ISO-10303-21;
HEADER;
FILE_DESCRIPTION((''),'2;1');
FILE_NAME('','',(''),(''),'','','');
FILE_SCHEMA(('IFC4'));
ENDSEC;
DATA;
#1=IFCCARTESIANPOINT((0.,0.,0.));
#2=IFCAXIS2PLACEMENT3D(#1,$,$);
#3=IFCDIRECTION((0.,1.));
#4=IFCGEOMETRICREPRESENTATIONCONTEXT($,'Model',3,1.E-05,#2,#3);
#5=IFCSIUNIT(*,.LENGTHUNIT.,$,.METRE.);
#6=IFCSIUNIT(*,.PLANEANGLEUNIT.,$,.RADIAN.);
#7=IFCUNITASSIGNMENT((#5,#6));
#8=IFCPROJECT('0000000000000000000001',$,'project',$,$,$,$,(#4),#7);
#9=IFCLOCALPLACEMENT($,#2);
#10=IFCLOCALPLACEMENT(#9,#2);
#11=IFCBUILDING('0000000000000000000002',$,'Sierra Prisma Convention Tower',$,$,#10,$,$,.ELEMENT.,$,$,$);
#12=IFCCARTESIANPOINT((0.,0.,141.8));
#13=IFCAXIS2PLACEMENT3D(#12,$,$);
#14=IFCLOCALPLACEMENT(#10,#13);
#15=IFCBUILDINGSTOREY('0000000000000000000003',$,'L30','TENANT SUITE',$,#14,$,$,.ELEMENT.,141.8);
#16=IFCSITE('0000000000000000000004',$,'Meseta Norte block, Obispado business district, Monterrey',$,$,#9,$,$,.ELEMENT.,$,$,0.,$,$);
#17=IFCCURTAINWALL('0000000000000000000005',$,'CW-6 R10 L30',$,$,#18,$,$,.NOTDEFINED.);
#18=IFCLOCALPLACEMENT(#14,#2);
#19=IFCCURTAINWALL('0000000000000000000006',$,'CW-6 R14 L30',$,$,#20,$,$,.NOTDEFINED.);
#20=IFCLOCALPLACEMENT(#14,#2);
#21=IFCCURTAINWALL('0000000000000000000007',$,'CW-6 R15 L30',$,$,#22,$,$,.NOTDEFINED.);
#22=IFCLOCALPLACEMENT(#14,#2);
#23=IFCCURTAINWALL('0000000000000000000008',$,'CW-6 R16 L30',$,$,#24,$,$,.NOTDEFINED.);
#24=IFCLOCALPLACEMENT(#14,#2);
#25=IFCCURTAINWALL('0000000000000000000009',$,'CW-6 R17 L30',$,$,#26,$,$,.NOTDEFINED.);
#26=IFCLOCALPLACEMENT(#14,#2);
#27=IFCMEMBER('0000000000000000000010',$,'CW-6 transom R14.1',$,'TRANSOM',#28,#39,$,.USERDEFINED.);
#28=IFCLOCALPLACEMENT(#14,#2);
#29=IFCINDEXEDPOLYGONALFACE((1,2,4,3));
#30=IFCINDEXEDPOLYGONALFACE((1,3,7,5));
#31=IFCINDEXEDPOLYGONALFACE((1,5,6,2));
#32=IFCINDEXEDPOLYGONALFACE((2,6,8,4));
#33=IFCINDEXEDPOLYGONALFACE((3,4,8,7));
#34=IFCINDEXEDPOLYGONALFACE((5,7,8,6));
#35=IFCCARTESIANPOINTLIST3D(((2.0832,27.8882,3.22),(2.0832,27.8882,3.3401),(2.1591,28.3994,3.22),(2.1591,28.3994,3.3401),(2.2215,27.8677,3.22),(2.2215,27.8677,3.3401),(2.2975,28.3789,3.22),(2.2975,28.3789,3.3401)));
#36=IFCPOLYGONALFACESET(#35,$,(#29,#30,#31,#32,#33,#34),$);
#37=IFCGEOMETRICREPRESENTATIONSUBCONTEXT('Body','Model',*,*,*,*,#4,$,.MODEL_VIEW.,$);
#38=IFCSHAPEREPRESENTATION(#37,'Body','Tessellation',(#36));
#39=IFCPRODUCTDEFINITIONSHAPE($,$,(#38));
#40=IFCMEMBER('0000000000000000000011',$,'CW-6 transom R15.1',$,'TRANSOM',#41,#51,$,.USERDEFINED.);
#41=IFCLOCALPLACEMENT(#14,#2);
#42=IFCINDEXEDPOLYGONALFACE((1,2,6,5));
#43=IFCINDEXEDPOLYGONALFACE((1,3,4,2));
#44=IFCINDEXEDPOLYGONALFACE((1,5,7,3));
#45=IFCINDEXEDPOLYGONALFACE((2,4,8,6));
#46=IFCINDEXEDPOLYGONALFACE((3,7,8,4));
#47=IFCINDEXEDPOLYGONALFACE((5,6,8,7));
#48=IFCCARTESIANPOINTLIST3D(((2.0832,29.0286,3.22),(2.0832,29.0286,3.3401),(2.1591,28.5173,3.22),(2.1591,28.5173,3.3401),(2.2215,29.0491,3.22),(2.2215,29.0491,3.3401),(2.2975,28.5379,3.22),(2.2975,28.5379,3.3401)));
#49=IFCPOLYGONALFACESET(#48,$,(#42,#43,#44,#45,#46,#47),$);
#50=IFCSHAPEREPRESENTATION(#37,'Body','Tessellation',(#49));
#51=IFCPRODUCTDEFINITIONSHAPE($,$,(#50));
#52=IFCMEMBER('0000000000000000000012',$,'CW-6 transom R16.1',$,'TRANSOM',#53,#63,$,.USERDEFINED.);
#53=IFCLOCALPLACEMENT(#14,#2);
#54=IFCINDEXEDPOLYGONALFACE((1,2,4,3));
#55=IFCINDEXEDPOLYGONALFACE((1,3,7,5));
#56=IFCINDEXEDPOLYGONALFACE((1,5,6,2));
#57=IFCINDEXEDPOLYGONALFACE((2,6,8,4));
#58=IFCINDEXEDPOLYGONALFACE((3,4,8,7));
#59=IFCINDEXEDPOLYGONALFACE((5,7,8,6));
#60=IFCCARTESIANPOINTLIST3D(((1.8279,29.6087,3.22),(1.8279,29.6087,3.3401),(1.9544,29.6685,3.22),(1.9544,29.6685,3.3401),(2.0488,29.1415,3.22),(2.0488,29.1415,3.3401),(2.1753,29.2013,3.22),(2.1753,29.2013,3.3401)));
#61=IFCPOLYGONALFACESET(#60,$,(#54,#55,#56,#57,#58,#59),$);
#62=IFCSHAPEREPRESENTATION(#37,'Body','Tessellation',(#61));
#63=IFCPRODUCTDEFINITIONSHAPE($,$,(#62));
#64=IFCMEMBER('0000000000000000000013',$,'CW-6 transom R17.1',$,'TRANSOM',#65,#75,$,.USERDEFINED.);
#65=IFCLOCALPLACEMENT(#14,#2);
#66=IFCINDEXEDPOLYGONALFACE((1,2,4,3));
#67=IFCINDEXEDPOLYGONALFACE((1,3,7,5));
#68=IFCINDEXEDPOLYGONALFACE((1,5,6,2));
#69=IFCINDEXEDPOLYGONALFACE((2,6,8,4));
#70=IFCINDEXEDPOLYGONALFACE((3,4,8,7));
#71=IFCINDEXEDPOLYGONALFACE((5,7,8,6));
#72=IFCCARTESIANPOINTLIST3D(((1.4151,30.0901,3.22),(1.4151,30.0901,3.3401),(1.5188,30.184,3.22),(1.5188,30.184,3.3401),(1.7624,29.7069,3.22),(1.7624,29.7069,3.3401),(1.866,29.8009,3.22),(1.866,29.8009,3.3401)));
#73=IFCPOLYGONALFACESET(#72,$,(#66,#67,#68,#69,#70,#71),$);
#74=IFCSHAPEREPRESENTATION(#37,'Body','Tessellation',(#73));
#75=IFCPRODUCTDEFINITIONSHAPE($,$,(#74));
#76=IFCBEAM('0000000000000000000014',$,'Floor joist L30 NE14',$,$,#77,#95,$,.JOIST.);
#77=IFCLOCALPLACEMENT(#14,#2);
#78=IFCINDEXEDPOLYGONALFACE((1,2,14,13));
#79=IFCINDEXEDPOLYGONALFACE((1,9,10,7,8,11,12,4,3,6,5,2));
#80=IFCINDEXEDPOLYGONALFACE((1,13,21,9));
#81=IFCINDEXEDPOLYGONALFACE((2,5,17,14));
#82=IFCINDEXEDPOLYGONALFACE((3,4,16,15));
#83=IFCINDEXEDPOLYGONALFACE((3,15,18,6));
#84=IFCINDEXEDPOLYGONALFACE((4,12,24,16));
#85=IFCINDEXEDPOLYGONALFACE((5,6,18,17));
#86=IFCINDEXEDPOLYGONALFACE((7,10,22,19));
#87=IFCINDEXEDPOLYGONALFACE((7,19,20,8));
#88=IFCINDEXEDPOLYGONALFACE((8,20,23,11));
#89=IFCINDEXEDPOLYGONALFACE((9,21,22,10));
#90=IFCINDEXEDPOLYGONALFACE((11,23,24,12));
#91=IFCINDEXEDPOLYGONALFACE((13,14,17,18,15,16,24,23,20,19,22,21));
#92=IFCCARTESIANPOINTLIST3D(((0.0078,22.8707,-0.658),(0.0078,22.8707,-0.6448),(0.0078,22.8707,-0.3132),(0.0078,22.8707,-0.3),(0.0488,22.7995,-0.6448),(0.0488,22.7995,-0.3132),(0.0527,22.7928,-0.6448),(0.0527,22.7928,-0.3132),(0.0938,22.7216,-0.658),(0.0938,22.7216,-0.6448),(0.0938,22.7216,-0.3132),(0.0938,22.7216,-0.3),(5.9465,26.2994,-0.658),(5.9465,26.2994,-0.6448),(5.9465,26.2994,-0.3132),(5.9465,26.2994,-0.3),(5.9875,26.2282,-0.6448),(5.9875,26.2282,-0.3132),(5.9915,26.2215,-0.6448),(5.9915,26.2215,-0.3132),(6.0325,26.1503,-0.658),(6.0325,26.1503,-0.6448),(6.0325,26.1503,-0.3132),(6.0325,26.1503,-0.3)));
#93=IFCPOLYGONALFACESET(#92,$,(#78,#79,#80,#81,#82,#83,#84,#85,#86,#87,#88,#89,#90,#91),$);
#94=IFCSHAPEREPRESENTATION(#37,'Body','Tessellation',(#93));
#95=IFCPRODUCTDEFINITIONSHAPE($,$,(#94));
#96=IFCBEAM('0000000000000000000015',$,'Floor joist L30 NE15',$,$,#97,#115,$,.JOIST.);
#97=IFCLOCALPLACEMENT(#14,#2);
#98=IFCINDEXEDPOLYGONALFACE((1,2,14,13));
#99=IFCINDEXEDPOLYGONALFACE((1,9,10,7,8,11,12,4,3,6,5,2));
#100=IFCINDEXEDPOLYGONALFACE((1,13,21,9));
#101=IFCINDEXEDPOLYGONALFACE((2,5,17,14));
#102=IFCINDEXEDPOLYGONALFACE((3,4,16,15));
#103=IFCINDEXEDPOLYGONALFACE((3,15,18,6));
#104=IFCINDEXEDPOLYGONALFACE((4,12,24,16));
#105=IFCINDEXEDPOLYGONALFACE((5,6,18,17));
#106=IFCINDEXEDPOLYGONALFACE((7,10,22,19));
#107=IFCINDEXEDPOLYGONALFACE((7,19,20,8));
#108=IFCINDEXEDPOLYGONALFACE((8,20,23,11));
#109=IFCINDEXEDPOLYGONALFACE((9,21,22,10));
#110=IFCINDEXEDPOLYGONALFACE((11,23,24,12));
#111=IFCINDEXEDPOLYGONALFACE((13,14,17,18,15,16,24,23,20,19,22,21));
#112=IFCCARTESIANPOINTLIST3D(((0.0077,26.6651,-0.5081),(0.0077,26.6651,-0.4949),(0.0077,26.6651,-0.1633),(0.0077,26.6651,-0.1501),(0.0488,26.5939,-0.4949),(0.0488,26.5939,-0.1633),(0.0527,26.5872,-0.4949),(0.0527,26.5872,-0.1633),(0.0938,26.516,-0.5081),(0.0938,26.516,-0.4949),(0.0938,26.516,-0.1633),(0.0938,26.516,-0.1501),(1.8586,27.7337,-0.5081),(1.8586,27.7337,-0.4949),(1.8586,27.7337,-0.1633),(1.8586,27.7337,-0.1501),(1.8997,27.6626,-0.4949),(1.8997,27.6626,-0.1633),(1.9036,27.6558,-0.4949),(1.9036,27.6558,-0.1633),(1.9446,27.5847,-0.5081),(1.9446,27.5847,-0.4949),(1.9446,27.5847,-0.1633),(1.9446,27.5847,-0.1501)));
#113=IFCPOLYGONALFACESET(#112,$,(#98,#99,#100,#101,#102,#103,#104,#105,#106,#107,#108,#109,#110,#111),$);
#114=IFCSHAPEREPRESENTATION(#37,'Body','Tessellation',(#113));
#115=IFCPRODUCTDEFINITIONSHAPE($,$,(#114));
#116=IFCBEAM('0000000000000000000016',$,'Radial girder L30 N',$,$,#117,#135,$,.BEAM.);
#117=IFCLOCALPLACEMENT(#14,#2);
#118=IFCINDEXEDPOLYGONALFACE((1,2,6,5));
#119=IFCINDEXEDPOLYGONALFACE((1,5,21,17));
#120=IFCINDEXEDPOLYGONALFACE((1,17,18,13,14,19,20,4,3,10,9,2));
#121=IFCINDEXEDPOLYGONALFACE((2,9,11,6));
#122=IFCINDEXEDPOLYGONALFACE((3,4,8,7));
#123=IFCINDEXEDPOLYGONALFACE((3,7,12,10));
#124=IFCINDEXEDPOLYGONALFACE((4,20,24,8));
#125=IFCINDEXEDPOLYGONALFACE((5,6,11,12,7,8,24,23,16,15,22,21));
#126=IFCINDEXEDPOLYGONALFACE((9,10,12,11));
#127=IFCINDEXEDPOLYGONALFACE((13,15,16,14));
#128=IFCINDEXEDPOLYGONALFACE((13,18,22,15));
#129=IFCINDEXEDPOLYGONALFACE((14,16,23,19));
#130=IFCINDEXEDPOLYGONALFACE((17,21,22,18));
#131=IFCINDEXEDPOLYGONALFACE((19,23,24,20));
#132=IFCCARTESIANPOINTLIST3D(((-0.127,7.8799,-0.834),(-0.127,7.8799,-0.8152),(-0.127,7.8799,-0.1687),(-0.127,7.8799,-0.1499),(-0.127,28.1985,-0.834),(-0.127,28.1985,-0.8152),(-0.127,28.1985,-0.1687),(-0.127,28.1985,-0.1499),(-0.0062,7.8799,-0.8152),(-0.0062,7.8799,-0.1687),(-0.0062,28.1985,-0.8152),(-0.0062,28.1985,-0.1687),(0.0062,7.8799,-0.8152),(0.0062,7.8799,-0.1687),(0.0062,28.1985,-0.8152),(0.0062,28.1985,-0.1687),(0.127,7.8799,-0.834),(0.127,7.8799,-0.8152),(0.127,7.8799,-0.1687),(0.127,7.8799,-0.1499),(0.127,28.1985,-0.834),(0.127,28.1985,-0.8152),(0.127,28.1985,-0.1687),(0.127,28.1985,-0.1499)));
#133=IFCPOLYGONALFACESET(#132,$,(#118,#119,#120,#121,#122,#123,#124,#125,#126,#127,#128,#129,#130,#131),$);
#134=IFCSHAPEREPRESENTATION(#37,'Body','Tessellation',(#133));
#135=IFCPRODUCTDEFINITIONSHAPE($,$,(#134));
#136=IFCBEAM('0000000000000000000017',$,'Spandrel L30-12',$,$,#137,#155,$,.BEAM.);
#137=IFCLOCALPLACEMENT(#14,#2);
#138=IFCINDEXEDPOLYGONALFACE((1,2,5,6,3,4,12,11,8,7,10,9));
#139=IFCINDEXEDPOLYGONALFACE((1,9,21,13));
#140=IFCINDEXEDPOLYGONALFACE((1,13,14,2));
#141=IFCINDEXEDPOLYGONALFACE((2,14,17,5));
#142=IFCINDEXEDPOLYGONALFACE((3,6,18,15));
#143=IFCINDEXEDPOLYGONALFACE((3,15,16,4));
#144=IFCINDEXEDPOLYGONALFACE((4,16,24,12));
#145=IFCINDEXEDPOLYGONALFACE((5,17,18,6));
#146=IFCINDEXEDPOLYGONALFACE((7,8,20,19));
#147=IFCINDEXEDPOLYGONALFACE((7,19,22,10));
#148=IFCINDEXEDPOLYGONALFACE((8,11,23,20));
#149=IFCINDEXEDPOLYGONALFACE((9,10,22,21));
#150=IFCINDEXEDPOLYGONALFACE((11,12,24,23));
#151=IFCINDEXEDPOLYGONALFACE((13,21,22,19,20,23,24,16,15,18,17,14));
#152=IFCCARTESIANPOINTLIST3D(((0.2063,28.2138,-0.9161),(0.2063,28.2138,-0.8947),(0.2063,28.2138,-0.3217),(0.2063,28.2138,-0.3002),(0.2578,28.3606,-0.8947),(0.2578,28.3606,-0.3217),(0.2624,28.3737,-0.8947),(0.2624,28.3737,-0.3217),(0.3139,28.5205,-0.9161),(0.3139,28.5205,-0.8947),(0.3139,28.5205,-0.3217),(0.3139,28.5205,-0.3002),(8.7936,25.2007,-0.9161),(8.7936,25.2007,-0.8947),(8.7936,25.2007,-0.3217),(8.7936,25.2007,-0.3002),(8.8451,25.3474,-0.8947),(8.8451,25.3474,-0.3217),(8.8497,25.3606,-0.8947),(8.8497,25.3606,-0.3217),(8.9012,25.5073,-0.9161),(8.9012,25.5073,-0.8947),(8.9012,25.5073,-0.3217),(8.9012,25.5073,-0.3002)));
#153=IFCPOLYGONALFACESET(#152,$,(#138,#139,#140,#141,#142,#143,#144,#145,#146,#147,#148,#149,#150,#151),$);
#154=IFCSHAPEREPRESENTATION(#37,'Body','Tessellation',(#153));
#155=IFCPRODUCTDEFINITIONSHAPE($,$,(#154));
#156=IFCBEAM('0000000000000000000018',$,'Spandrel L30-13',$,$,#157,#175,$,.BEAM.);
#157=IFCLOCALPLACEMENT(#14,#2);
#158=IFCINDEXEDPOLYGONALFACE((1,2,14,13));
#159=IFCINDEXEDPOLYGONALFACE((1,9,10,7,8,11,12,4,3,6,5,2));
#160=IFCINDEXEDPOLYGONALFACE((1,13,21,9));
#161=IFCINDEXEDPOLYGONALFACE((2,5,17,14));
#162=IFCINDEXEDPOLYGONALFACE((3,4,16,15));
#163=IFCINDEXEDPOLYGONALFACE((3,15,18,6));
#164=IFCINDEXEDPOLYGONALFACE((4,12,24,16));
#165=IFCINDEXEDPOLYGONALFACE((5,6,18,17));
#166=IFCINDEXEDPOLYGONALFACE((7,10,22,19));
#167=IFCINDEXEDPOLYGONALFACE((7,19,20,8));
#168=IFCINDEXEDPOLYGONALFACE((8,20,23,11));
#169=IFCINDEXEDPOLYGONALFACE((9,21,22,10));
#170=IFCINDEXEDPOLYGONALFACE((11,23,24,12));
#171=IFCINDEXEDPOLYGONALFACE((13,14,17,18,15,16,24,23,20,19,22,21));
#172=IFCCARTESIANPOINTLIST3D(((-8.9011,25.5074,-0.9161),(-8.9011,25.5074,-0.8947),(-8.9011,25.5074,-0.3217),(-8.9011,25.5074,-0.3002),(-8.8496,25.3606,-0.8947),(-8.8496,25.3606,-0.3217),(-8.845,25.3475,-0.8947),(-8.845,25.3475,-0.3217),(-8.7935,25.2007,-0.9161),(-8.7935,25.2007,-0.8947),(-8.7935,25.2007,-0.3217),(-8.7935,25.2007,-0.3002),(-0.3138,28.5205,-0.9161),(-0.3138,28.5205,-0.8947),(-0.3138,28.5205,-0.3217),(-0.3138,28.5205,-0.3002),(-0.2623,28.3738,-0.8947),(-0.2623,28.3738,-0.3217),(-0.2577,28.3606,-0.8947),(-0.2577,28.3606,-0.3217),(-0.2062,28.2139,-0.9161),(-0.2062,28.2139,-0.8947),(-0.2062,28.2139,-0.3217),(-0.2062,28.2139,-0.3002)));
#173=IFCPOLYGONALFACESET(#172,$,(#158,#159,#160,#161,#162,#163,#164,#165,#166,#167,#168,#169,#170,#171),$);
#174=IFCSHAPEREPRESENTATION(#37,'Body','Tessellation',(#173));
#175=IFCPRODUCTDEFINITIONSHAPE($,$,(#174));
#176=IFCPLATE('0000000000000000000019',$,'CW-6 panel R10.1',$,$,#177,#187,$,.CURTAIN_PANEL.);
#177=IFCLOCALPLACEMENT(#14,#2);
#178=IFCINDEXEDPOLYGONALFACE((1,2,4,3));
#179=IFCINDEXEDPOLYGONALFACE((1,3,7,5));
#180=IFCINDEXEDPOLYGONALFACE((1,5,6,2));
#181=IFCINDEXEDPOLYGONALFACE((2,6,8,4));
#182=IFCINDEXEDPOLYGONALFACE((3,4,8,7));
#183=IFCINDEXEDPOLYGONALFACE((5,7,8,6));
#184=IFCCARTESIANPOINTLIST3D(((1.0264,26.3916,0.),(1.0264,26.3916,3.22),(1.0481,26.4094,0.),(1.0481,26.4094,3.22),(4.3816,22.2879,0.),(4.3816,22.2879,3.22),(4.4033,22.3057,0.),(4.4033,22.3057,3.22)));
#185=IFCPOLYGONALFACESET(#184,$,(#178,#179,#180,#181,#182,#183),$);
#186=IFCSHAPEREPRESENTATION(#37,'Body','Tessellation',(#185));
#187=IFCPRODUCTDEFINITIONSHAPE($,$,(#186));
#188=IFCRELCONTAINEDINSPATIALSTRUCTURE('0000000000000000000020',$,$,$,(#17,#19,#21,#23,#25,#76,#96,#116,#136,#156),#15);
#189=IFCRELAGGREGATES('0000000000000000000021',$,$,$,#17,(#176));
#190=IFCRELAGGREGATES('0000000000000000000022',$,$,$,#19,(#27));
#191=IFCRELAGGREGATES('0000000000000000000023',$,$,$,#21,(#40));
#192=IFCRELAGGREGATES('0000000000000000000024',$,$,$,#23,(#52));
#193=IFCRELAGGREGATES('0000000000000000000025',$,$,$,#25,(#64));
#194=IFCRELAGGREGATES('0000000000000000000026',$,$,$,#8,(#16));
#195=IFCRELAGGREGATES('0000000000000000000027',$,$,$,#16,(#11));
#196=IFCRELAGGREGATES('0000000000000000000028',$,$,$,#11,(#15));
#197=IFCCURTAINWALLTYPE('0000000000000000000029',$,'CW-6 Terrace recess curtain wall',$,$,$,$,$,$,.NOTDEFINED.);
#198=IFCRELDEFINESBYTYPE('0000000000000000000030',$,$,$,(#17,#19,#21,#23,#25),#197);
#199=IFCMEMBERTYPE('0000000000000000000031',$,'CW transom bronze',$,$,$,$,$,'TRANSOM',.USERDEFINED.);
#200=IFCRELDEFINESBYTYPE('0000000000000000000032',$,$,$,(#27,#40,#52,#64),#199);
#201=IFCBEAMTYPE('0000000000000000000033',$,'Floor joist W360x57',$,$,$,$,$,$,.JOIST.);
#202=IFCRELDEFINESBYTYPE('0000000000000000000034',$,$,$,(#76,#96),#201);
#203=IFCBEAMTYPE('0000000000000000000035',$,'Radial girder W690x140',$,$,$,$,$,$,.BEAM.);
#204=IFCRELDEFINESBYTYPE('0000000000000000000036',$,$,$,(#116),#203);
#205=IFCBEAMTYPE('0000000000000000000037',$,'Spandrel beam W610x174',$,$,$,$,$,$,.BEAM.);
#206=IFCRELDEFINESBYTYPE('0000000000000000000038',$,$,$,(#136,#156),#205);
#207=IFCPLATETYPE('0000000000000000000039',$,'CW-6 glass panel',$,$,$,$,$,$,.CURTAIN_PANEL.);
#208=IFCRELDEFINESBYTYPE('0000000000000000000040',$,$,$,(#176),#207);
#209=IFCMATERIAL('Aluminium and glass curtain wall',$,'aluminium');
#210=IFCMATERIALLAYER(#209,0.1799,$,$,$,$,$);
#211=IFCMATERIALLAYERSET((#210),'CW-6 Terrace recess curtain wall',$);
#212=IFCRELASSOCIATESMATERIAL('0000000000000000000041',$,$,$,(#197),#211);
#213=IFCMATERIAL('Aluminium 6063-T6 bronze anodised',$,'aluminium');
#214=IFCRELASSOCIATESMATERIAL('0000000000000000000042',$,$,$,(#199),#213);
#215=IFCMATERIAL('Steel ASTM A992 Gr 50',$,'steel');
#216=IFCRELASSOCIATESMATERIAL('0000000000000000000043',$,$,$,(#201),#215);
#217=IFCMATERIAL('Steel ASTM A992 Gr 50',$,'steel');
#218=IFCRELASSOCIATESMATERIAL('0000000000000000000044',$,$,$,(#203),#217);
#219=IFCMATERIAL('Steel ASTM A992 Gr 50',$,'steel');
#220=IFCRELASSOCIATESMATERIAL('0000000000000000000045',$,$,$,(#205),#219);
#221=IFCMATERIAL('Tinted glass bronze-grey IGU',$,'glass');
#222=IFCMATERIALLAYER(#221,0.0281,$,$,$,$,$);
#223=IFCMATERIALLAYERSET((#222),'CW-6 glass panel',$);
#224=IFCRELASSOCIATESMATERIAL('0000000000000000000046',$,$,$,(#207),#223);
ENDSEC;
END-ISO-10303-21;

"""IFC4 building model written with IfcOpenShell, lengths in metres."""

from ifc_helpers import new_model, si_unit, direction, frame, origin, origin_2d, place, context, subcontext, project, spatial, rectangle, i_section, extrude, material, layer, layer_set, material_profile, profile_set, type_object, element, aggregate, save


model = new_model("IFC4")

# Units and contexts
model_context = context("Model", 3, precision=1e-05, world=origin(), true_north=direction((0.0, 1.0)))
body_context = subcontext(model_context, "Body", "Model", "MODEL_VIEW")
ifc_project = project(units=[si_unit("LENGTHUNIT", "METRE"), si_unit("PLANEANGLEUNIT", "RADIAN")], contexts=[model_context])

# Site, building, storey
site_placement = place(None, origin())
site = spatial("IfcSite", under=ifc_project, at=site_placement, Name="Meseta Norte block, Obispado business district, Monterrey", CompositionType="ELEMENT", RefElevation=0.0)
building_placement = place(site_placement, origin())
building = spatial("IfcBuilding", under=site, at=building_placement, Name="Sierra Prisma Convention Tower", CompositionType="ELEMENT")
storey_placement = place(building_placement, frame((0.0, 0.0, 141.8)))
storey = spatial("IfcBuildingStorey", under=building, at=storey_placement, Name="L30", Description="TENANT SUITE", CompositionType="ELEMENT", Elevation=141.8)

# Curtain walls
ifc_material_1 = material(Name="Aluminium and glass curtain wall", Category="aluminium")
ifc_layer_1 = layer(ifc_material_1, 0.1799)
ifc_layer_set_1 = layer_set([ifc_layer_1], Name="CW-6 Terrace recess curtain wall")
curtain_wall_type = type_object("IfcCurtainWallType", Name="CW-6 Terrace recess curtain wall", PredefinedType="NOTDEFINED", material=ifc_layer_set_1)
curtain_wall_1_placement = place(storey_placement, origin())
curtain_wall_1 = element("IfcCurtainWall", 1, at=curtain_wall_1_placement, inside=storey, type_object=curtain_wall_type, Name="CW-6 R10 L30", PredefinedType="NOTDEFINED")
curtain_wall_2_placement = place(storey_placement, origin())
curtain_wall_2 = element("IfcCurtainWall", 2, at=curtain_wall_2_placement, inside=storey, type_object=curtain_wall_type, Name="CW-6 R14 L30", PredefinedType="NOTDEFINED")
curtain_wall_3_placement = place(storey_placement, origin())
curtain_wall_3 = element("IfcCurtainWall", 3, at=curtain_wall_3_placement, inside=storey, type_object=curtain_wall_type, Name="CW-6 R15 L30", PredefinedType="NOTDEFINED")
curtain_wall_4_placement = place(storey_placement, origin())
curtain_wall_4 = element("IfcCurtainWall", 4, at=curtain_wall_4_placement, inside=storey, type_object=curtain_wall_type, Name="CW-6 R16 L30", PredefinedType="NOTDEFINED")
curtain_wall_5_placement = place(storey_placement, origin())
curtain_wall_5 = element("IfcCurtainWall", 5, at=curtain_wall_5_placement, inside=storey, type_object=curtain_wall_type, Name="CW-6 R17 L30", PredefinedType="NOTDEFINED")

# Members
ifc_material_2 = material(Name="Aluminium 6063-T6 bronze anodised", Category="aluminium")
ifc_material_profile_1 = material_profile(ifc_material_2, rectangle(XDim=0.1399, YDim=0.1201, at=origin_2d()), Name="ALU TRANSOM 120x140")
ifc_profile_set_1 = profile_set([ifc_material_profile_1], Name="Aluminium 6063-T6 bronze anodised")
member_type_1 = type_object("IfcMemberType", Name="CW transom bronze", ElementType="TRANSOM", PredefinedType="USERDEFINED", material=ifc_profile_set_1)
member_1_placement = place(storey_placement, frame((2.1523, 27.8779, 3.28), z_axis=(0.146908, 0.98915, 0.0), x_axis=(-0.98915, 0.146908, 0.0)))
member_1 = element("IfcMember", 6, at=member_1_placement, type_object=member_type_1, Name="CW-6 transom R14.1", ObjectType="TRANSOM", PredefinedType="USERDEFINED", context=body_context, shape_type="SweptSolid", body=[
    extrude(rectangle(XDim=0.1399, YDim=0.1201, at=origin_2d()), origin(), (0.0, 0.0, 1.0), 0.5168),
])
member_2_placement = place(storey_placement, frame((2.2283, 28.5276, 3.28), z_axis=(-0.146908, 0.98915, 0.0), x_axis=(-0.98915, -0.146908, 0.0)))
member_2 = element("IfcMember", 7, at=member_2_placement, type_object=member_type_1, Name="CW-6 transom R15.1", ObjectType="TRANSOM", PredefinedType="USERDEFINED", context=body_context, shape_type="SweptSolid", body=[
    extrude(rectangle(XDim=0.1399, YDim=0.1201, at=origin_2d()), origin(), (0.0, 0.0, 1.0), 0.5168),
])
member_3_placement = place(storey_placement, frame((2.1121, 29.1714, 3.28), z_axis=(-0.427457, 0.904036, 0.0), x_axis=(-0.904036, -0.427457, 0.0)))
member_3 = element("IfcMember", 8, at=member_3_placement, type_object=member_type_1, Name="CW-6 transom R16.1", ObjectType="TRANSOM", PredefinedType="USERDEFINED", context=body_context, shape_type="SweptSolid", body=[
    extrude(rectangle(XDim=0.1399, YDim=0.1201, at=origin_2d()), origin(), (0.0, 0.0, 1.0), 0.5168),
])
member_4_placement = place(storey_placement, frame((1.8142, 29.7539, 3.28), z_axis=(-0.671544, 0.740965, 0.0), x_axis=(-0.740965, -0.671544, 0.0)))
member_4 = element("IfcMember", 9, at=member_4_placement, type_object=member_type_1, Name="CW-6 transom R17.1", ObjectType="TRANSOM", PredefinedType="USERDEFINED", context=body_context, shape_type="SweptSolid", body=[
    extrude(rectangle(XDim=0.1399, YDim=0.1201, at=origin_2d()), origin(), (0.0, 0.0, 1.0), 0.5171),
])

# Beams
ifc_material_3 = material(Name="Steel ASTM A992 Gr 50", Category="steel")
ifc_material_profile_2 = material_profile(ifc_material_3, i_section(OverallWidth=0.1721, OverallDepth=0.3579, WebThickness=0.0078, FlangeThickness=0.0132, at=origin_2d()), Name="W360x57")
ifc_profile_set_2 = profile_set([ifc_material_profile_2], Name="Steel ASTM A992 Gr 50")
beam_type_1 = type_object("IfcBeamType", Name="Floor joist W360x57", PredefinedType="JOIST", material=ifc_profile_set_2)
beam_1_placement = place(storey_placement, frame((5.9895, 26.2249, -0.479), z_axis=(-0.866026, -0.499999, 0.0), x_axis=(0.499999, -0.866026, 0.0)))
element("IfcBeam", 10, at=beam_1_placement, inside=storey, type_object=beam_type_1, Name="Floor joist L30 NE14", PredefinedType="JOIST", context=body_context, shape_type="SweptSolid", body=[
    extrude(i_section(OverallWidth=0.1721, OverallDepth=0.3579, WebThickness=0.0078, FlangeThickness=0.0132, at=origin_2d()), origin(), (0.0, 0.0, 1.0), 6.8574),
])
beam_2_placement = place(storey_placement, frame((1.9016, 27.6592, -0.3291), z_axis=(-0.86602, -0.500009, 0.0), x_axis=(0.500009, -0.86602, 0.0)))
element("IfcBeam", 11, at=beam_2_placement, inside=storey, type_object=beam_type_1, Name="Floor joist L30 NE15", PredefinedType="JOIST", context=body_context, shape_type="SweptSolid", body=[
    extrude(i_section(OverallWidth=0.1721, OverallDepth=0.3579, WebThickness=0.0078, FlangeThickness=0.0132, at=origin_2d()), origin(), (0.0, 0.0, 1.0), 2.1372),
])
ifc_material_4 = material(Name="Steel ASTM A992 Gr 50", Category="steel")
ifc_material_profile_3 = material_profile(ifc_material_4, i_section(OverallWidth=0.2539, OverallDepth=0.6841, WebThickness=0.0125, FlangeThickness=0.0188, at=origin_2d()), Name="W690x140")
ifc_profile_set_3 = profile_set([ifc_material_profile_3], Name="Steel ASTM A992 Gr 50")
beam_type_2 = type_object("IfcBeamType", Name="Radial girder W690x140", PredefinedType="BEAM", material=ifc_profile_set_3)
beam_3_placement = place(storey_placement, frame((0.0, 28.1985, -0.4919), z_axis=(0.0, -1.0, 0.0), x_axis=(1.0, 0.0, 0.0)))
element("IfcBeam", 12, at=beam_3_placement, inside=storey, type_object=beam_type_2, Name="Radial girder L30 N", PredefinedType="BEAM", context=body_context, shape_type="SweptSolid", body=[
    extrude(i_section(OverallWidth=0.2539, OverallDepth=0.6841, WebThickness=0.0125, FlangeThickness=0.0188, at=origin_2d()), origin(), (0.0, 0.0, 1.0), 20.3186),
])
ifc_material_5 = material(Name="Steel ASTM A992 Gr 50", Category="steel")
ifc_material_profile_4 = material_profile(ifc_material_5, i_section(OverallWidth=0.325, OverallDepth=0.616, WebThickness=0.0139, FlangeThickness=0.0215, at=origin_2d()), Name="W610x174")
ifc_profile_set_4 = profile_set([ifc_material_profile_4], Name="Steel ASTM A992 Gr 50")
beam_type_3 = type_object("IfcBeamType", Name="Spandrel beam W610x174", PredefinedType="BEAM", material=ifc_profile_set_4)
for number, where, z_axis, x_axis, name in (
    (13, (8.8474, 25.354, -0.6082), (-0.943598, 0.331094, 0.0), (-0.331094, -0.943598, 0.0), "Spandrel L30-12"),
    (14, (-0.26, 28.3672, -0.6082), (-0.943598, -0.331094, 0.0), (0.331094, -0.943598, 0.0), "Spandrel L30-13"),
):
    element("IfcBeam", number, at=place(storey_placement, frame(where, z_axis=z_axis, x_axis=x_axis)), inside=storey, type_object=beam_type_3, Name=name, PredefinedType="BEAM", context=body_context, shape_type="SweptSolid", body=[
        extrude(i_section(OverallWidth=0.325, OverallDepth=0.616, WebThickness=0.0139, FlangeThickness=0.0215, at=origin_2d()), origin(), (0.0, 0.0, 1.0), 9.1006),
    ])

# Plate
ifc_material_6 = material(Name="Tinted glass bronze-grey IGU", Category="glass")
ifc_layer_2 = layer(ifc_material_6, 0.0281)
ifc_layer_set_2 = layer_set([ifc_layer_2], Name="CW-6 glass panel")
plate_type = type_object("IfcPlateType", Name="CW-6 glass panel", PredefinedType="CURTAIN_PANEL", material=ifc_layer_set_2)
plate_1_placement = place(storey_placement, frame((2.7148, 24.3486, 0.0), z_axis=(0.0, 0.0, 1.0), x_axis=(-0.632971, 0.774176, 0.0)))
plate_1 = element("IfcPlate", 15, at=plate_1_placement, type_object=plate_type, Name="CW-6 panel R10.1", PredefinedType="CURTAIN_PANEL", context=body_context, shape_type="SweptSolid", body=[
    extrude(rectangle(XDim=5.3008, YDim=0.0281, at=origin_2d()), origin(), (0.0, 0.0, 1.0), 3.22),
])
aggregate(curtain_wall_1, [plate_1])
aggregate(curtain_wall_2, [member_1])
aggregate(curtain_wall_3, [member_2])
aggregate(curtain_wall_4, [member_3])
aggregate(curtain_wall_5, [member_4])

save(model, "model.ifc")
